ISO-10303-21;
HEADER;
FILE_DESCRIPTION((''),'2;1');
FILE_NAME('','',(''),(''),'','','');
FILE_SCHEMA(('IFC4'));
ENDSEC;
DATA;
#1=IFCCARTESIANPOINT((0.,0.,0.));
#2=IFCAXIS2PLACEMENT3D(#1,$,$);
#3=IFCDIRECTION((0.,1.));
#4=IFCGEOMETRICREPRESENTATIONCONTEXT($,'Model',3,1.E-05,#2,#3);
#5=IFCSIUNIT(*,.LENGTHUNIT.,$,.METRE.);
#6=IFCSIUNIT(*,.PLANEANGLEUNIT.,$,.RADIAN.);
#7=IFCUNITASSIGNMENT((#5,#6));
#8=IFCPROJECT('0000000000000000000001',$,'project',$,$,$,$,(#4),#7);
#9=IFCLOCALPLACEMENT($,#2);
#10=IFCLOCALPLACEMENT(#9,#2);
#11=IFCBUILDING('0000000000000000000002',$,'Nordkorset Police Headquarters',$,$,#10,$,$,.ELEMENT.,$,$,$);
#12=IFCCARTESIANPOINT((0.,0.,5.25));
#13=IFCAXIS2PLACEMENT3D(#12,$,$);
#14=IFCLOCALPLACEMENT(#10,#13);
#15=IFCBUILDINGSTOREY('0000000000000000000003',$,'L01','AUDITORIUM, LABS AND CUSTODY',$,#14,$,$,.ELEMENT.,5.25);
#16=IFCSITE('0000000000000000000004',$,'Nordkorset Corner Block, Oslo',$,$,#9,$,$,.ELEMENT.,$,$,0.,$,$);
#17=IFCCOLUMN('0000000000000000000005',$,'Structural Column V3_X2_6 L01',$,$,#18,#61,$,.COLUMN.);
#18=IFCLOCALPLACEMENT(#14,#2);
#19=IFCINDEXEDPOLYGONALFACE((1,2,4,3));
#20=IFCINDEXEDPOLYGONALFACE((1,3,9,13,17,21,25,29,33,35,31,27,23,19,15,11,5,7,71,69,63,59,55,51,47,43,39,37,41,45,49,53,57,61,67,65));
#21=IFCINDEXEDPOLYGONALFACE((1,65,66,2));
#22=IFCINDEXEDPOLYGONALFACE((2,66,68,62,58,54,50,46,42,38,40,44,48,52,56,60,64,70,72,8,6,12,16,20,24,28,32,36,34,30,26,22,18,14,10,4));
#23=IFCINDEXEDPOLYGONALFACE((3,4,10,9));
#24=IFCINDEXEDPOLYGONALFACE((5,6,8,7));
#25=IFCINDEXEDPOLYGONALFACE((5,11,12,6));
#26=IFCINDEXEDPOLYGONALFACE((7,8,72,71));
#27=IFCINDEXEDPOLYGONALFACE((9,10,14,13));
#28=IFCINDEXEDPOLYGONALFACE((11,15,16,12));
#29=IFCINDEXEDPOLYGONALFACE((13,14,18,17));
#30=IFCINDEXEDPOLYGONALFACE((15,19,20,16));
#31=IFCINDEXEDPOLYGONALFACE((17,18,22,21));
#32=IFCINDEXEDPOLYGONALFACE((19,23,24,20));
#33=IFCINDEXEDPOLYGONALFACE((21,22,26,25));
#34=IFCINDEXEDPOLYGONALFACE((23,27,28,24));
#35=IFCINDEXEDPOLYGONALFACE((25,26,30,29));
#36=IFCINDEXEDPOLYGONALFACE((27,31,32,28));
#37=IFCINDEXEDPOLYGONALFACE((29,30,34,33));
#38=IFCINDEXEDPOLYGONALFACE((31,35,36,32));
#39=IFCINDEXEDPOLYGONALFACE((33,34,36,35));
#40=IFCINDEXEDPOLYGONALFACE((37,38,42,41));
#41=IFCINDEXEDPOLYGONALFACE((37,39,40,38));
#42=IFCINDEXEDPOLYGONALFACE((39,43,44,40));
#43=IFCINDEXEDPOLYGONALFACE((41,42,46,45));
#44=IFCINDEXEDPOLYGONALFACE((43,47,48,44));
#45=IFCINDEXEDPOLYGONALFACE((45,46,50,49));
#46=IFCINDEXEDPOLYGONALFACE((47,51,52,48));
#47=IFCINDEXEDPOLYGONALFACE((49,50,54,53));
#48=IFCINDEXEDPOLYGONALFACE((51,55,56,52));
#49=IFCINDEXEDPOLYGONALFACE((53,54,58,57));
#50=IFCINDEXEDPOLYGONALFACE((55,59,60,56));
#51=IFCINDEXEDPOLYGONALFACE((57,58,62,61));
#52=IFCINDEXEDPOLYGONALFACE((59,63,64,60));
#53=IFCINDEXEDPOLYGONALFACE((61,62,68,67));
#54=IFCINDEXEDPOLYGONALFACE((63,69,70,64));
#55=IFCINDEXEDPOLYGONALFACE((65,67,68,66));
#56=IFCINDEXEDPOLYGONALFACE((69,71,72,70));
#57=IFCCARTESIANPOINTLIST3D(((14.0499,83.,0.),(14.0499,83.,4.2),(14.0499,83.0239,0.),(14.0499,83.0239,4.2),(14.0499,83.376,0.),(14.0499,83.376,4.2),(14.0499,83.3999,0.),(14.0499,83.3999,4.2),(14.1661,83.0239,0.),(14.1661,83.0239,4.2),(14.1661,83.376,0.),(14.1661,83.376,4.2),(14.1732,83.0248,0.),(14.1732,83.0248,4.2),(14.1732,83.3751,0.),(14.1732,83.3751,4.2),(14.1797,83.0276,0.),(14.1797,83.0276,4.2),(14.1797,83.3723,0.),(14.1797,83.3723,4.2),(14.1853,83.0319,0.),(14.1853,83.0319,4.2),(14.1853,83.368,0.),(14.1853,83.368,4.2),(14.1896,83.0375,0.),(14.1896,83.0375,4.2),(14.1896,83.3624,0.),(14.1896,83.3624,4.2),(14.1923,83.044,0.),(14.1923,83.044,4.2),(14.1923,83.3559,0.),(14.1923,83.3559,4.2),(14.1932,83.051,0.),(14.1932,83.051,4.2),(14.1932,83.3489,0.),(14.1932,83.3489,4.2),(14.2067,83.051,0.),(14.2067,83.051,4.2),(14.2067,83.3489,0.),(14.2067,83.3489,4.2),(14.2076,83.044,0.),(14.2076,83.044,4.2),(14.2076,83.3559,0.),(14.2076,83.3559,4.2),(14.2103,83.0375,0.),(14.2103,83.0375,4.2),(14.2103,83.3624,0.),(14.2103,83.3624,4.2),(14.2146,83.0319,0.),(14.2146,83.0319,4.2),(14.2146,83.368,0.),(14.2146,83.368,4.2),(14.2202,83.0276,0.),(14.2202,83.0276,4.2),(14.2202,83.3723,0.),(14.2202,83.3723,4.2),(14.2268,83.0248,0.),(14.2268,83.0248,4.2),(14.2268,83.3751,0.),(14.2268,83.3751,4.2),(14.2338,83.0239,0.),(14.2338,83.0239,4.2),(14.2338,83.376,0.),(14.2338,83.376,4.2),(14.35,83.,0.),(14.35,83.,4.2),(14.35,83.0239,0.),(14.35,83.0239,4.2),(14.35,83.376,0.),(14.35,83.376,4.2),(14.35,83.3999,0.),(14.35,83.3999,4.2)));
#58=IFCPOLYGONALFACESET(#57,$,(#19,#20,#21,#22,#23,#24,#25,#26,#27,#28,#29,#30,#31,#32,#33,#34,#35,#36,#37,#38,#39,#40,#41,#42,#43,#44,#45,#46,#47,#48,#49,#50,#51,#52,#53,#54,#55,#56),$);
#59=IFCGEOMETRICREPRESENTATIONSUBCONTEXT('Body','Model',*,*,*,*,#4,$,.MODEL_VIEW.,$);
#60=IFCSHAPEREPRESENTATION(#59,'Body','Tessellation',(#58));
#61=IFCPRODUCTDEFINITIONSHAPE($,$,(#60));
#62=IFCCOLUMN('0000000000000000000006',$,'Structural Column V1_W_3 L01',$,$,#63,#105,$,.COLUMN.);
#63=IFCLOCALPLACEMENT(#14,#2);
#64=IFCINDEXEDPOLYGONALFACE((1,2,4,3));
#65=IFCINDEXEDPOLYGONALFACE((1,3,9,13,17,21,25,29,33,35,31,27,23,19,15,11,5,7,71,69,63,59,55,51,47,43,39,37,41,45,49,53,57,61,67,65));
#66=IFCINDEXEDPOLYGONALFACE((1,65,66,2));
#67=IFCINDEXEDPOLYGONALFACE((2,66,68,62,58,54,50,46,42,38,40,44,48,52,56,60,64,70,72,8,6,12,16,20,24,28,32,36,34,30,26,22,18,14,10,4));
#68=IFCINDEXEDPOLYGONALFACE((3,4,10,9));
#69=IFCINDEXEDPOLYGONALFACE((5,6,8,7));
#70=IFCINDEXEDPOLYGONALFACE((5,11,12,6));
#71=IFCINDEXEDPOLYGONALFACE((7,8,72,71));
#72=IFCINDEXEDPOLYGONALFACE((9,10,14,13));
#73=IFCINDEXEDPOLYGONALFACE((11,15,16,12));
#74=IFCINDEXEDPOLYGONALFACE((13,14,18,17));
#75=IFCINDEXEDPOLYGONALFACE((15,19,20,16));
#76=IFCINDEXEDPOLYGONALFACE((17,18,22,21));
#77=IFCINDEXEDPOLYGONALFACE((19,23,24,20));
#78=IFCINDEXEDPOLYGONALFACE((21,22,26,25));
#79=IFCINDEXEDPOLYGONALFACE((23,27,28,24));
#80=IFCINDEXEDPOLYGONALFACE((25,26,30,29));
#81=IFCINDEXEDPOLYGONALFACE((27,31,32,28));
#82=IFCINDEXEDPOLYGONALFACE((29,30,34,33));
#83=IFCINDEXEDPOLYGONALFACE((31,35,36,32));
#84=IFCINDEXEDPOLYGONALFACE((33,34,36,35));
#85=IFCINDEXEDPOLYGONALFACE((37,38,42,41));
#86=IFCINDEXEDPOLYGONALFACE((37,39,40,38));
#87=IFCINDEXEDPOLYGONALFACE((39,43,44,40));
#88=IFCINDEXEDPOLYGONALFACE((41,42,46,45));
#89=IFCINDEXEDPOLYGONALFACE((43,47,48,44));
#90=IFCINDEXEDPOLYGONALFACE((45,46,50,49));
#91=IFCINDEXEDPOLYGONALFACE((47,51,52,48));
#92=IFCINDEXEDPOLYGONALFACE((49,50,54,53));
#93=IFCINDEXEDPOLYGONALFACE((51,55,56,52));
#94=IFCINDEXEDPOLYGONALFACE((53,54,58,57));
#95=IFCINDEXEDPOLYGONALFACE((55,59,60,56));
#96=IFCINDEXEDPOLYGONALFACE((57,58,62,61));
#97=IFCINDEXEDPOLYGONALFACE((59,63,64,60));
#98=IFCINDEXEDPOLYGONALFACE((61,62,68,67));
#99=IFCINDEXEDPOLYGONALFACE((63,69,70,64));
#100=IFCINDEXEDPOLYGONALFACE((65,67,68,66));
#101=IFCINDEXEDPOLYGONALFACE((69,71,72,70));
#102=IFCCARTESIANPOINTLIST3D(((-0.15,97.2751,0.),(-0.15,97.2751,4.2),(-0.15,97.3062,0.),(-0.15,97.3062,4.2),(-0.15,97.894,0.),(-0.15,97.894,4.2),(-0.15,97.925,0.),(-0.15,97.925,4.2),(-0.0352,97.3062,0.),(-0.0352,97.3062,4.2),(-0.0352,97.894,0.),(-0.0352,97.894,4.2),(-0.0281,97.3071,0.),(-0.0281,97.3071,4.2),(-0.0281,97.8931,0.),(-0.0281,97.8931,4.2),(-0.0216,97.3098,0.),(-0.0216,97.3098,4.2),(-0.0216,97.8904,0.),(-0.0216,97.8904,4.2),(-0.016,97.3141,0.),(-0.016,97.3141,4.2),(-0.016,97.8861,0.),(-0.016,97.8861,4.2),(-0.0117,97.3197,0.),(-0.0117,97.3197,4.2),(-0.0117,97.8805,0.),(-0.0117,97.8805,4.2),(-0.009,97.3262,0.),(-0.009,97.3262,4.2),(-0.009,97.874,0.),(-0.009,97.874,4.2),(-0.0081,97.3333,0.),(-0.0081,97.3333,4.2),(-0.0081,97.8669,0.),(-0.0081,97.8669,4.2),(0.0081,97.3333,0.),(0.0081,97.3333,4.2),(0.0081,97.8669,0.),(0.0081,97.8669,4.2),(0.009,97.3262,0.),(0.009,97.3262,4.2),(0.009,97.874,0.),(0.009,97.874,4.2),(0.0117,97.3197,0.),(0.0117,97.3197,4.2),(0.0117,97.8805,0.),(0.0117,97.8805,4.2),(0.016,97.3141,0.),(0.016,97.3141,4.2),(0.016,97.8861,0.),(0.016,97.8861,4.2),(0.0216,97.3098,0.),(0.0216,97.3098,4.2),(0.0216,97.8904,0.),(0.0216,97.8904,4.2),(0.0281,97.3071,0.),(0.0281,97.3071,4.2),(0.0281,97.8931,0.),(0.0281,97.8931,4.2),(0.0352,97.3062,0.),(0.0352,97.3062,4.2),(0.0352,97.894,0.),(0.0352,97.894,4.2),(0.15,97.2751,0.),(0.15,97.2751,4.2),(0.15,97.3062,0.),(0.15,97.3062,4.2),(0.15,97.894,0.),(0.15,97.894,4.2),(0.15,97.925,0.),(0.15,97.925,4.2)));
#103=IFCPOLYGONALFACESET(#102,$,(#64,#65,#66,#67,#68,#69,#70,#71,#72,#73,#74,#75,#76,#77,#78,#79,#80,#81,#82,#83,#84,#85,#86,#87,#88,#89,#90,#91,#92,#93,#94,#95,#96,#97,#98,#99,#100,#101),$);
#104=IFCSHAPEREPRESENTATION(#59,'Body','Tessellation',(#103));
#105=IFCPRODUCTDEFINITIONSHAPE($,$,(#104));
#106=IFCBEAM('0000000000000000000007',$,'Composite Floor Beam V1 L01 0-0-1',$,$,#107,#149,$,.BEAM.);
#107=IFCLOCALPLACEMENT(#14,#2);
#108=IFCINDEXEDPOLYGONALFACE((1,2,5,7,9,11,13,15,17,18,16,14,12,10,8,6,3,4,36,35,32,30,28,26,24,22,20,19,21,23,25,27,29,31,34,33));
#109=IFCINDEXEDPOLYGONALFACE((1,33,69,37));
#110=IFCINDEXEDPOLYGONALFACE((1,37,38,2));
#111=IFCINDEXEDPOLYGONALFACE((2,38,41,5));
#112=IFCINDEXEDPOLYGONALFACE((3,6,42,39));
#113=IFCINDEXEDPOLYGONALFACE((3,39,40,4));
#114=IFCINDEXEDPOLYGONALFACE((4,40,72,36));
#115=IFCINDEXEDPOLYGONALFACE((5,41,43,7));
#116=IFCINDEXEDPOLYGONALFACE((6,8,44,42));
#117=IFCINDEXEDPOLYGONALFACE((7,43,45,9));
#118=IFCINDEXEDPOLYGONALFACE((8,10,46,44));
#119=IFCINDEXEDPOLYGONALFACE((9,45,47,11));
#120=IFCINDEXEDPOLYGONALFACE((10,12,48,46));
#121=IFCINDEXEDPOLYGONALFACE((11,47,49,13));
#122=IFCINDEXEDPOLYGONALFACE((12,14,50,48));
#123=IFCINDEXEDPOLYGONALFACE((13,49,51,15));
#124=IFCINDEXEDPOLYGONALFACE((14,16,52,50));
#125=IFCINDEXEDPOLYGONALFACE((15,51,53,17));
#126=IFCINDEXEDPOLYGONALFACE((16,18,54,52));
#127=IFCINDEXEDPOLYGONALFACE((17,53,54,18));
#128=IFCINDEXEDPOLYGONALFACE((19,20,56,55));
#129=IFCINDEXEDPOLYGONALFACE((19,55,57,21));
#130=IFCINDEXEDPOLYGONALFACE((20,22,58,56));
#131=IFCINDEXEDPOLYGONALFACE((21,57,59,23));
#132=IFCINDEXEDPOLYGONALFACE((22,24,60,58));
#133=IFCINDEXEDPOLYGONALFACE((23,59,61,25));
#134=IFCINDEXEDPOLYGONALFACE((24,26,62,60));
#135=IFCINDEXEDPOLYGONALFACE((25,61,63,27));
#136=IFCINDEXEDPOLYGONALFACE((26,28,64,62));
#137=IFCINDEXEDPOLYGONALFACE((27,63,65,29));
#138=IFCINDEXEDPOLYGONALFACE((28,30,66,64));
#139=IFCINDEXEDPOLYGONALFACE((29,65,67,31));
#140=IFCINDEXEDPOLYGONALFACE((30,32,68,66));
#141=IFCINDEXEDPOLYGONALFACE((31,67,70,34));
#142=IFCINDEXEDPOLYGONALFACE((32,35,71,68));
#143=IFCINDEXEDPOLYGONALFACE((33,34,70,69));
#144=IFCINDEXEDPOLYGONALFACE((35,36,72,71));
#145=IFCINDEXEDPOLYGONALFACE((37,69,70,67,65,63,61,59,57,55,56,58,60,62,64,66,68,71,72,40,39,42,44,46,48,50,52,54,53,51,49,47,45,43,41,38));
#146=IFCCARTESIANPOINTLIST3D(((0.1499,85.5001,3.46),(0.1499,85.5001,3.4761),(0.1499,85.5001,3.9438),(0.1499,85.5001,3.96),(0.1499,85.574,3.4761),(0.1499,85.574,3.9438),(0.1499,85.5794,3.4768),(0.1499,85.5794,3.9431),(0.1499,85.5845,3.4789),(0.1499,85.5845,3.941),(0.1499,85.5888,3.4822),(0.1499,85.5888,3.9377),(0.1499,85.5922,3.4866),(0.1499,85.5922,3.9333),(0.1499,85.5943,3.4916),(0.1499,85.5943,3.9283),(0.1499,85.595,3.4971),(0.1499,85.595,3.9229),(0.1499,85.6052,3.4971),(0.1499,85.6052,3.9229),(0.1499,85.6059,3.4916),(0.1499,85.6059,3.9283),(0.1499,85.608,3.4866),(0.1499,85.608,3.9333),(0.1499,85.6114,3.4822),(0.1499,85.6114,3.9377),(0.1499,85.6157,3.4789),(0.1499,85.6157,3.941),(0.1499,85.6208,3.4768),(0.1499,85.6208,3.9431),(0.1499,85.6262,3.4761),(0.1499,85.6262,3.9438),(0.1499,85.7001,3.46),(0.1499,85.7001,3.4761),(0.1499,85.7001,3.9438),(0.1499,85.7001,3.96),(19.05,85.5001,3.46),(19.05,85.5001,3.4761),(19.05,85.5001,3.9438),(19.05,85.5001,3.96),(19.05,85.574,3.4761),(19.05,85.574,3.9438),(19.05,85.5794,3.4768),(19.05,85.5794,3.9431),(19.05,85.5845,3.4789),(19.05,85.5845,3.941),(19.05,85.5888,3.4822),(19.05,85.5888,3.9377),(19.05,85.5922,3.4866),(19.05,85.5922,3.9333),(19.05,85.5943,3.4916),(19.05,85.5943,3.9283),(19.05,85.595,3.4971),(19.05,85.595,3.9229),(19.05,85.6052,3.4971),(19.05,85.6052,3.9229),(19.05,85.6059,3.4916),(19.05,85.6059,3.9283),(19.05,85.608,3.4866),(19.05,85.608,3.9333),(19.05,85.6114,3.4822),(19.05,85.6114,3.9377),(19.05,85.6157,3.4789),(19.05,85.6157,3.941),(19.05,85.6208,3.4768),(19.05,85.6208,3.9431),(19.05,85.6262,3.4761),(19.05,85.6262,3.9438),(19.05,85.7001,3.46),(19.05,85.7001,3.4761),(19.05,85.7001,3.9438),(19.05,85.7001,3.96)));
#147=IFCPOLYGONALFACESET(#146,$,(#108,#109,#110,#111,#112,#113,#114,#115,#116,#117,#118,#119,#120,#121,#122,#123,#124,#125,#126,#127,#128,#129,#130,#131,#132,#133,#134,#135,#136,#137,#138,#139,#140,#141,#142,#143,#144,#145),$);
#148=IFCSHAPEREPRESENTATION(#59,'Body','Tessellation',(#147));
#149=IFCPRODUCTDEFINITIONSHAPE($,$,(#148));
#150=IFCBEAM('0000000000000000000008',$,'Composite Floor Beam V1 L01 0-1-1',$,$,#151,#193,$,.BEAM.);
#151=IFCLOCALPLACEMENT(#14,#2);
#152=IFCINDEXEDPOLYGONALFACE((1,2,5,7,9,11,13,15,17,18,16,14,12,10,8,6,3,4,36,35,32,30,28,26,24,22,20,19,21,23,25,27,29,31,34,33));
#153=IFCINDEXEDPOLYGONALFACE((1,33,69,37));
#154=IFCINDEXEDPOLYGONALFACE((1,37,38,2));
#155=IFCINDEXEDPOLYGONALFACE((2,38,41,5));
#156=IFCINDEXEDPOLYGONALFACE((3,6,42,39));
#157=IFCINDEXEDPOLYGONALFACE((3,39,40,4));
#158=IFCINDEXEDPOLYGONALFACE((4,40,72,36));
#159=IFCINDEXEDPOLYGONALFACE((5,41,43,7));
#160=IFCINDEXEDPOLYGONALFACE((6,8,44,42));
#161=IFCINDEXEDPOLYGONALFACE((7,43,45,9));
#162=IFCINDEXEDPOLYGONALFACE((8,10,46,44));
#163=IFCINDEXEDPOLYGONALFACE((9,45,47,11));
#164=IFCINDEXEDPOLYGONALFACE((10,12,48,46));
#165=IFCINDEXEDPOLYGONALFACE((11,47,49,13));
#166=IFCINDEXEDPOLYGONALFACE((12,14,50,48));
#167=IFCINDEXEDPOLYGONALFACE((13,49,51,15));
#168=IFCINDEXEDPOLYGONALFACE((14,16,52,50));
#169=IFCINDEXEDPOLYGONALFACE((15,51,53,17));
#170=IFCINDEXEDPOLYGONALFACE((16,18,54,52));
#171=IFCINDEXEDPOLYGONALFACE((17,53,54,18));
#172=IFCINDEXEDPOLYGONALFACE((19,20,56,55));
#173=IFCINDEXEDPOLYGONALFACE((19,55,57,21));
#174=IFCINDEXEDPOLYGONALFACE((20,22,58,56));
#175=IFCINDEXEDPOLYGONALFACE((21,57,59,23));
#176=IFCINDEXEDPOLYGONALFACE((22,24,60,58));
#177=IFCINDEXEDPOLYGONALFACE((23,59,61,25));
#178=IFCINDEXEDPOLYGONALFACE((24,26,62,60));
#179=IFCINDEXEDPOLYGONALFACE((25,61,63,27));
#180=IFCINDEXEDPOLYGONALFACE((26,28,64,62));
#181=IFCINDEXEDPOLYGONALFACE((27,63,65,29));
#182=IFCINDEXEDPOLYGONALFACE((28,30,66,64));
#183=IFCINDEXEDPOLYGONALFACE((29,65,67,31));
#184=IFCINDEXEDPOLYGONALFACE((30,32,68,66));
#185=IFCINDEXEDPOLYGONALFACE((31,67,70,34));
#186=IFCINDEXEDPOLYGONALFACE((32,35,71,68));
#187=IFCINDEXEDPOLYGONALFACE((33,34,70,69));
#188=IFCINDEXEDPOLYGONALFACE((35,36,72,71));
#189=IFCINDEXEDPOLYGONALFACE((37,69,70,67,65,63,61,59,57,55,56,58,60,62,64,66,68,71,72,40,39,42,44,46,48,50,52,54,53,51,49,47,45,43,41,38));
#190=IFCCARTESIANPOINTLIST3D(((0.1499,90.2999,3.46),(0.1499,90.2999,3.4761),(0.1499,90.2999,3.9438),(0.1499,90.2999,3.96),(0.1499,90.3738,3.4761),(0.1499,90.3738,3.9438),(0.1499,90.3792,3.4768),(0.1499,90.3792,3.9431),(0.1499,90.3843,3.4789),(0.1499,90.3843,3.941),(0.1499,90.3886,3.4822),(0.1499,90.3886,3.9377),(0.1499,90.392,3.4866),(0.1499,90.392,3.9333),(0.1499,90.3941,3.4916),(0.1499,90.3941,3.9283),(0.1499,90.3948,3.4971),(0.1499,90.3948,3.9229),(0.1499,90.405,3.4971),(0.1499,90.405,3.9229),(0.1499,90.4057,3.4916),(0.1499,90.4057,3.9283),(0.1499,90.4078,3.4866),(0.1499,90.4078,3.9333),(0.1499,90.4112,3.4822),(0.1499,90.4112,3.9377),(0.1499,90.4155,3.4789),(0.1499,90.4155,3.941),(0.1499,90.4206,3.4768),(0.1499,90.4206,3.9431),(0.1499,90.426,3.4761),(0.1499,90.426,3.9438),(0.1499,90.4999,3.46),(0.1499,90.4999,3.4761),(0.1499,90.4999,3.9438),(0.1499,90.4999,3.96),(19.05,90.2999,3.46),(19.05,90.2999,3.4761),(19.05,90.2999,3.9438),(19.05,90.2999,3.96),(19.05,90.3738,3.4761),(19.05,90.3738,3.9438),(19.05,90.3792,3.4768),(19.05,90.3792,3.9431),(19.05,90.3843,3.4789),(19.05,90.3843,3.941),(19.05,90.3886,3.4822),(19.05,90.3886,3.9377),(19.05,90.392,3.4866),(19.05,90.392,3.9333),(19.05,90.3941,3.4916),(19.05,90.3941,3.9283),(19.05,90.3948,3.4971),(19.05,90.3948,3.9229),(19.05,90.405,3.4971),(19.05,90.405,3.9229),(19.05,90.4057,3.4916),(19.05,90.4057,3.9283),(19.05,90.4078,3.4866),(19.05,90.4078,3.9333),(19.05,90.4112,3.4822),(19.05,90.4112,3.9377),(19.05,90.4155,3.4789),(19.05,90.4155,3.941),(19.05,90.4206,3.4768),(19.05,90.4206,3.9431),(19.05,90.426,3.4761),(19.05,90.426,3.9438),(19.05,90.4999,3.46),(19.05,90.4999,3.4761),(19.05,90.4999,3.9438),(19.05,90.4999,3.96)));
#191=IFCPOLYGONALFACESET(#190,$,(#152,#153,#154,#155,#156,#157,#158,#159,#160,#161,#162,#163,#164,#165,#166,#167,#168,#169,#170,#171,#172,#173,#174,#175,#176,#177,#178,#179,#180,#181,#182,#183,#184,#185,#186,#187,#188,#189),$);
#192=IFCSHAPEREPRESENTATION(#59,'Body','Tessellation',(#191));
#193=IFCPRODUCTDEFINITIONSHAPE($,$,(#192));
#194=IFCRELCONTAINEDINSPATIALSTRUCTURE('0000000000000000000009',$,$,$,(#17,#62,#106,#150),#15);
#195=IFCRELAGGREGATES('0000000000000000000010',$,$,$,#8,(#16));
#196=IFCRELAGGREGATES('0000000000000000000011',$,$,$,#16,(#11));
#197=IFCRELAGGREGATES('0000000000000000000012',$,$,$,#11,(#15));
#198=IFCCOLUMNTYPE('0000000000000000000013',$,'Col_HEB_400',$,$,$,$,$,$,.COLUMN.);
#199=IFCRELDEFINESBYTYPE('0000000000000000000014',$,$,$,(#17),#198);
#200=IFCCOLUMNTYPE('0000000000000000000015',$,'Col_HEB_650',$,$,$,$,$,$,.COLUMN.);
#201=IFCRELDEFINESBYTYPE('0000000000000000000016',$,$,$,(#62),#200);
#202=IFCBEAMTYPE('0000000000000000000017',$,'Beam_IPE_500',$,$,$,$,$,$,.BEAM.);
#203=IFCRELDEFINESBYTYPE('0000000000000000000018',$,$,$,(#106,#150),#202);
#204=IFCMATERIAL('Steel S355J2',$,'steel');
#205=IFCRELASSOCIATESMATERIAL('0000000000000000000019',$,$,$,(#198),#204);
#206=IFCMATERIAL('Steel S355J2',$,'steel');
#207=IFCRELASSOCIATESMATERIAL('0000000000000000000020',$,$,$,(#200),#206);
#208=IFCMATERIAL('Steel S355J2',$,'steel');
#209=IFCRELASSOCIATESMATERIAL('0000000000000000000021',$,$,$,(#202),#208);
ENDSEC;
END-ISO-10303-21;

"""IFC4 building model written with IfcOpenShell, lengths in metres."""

from ifc_helpers import new_model, si_unit, direction, frame, origin, origin_2d, place, context, subcontext, project, spatial, i_section, extrude, material, material_profile, profile_set, type_object, element, save


model = new_model("IFC4")

# Units and contexts
model_context = context("Model", 3, precision=1e-05, world=origin(), true_north=direction((0.0, 1.0)))
body_context = subcontext(model_context, "Body", "Model", "MODEL_VIEW")
ifc_project = project(units=[si_unit("LENGTHUNIT", "METRE"), si_unit("PLANEANGLEUNIT", "RADIAN")], contexts=[model_context])

# Site, building, storey
site_placement = place(None, origin())
site = spatial("IfcSite", under=ifc_project, at=site_placement, Name="Nordkorset Corner Block, Oslo", CompositionType="ELEMENT", RefElevation=0.0)
building_placement = place(site_placement, origin())
building = spatial("IfcBuilding", under=site, at=building_placement, Name="Nordkorset Police Headquarters", CompositionType="ELEMENT")
storey_placement = place(building_placement, frame((0.0, 0.0, 5.25)))
storey = spatial("IfcBuildingStorey", under=building, at=storey_placement, Name="L01", Description="AUDITORIUM, LABS AND CUSTODY", CompositionType="ELEMENT", Elevation=5.25)

# Columns
ifc_material_1 = material(Name="Steel S355J2", Category="steel")
ifc_material_profile_1 = material_profile(ifc_material_1, i_section(OverallWidth=0.3, OverallDepth=0.3999, WebThickness=0.0134, FlangeThickness=0.0239, FilletRadius=0.0271, at=origin_2d()), Name="HEB 400")
ifc_profile_set_1 = profile_set([ifc_material_profile_1], Name="Steel S355J2")
column_type_1 = type_object("IfcColumnType", Name="Col_HEB_400", PredefinedType="COLUMN", material=ifc_profile_set_1)
column_1_placement = place(storey_placement, frame((14.2, 83.2, 0.0), z_axis=(0.0, 0.0, 1.0), x_axis=(1.0, 0.0, 0.0)))
element("IfcColumn", 1, at=column_1_placement, inside=storey, type_object=column_type_1, Name="Structural Column V3_X2_6 L01", PredefinedType="COLUMN", context=body_context, shape_type="SweptSolid", body=[
    extrude(i_section(OverallWidth=0.3, OverallDepth=0.3999, WebThickness=0.0134, FlangeThickness=0.0239, FilletRadius=0.0271, at=origin_2d()), origin(), (0.0, 0.0, 1.0), 4.2),
])
ifc_material_2 = material(Name="Steel S355J2", Category="steel")
ifc_material_profile_2 = material_profile(ifc_material_2, i_section(OverallWidth=0.3, OverallDepth=0.6499, WebThickness=0.0161, FlangeThickness=0.031, FilletRadius=0.0271, at=origin_2d()), Name="HEB 650")
ifc_profile_set_2 = profile_set([ifc_material_profile_2], Name="Steel S355J2")
column_type_2 = type_object("IfcColumnType", Name="Col_HEB_650", PredefinedType="COLUMN", material=ifc_profile_set_2)
column_2_placement = place(storey_placement, frame((0.0, 97.6001, 0.0), z_axis=(0.0, 0.0, 1.0), x_axis=(1.0, 0.0, 0.0)))
element("IfcColumn", 2, at=column_2_placement, inside=storey, type_object=column_type_2, Name="Structural Column V1_W_3 L01", PredefinedType="COLUMN", context=body_context, shape_type="SweptSolid", body=[
    extrude(i_section(OverallWidth=0.3, OverallDepth=0.6499, WebThickness=0.0161, FlangeThickness=0.031, FilletRadius=0.0271, at=origin_2d()), origin(), (0.0, 0.0, 1.0), 4.2),
])

# Beams
ifc_material_3 = material(Name="Steel S355J2", Category="steel")
ifc_material_profile_3 = material_profile(ifc_material_3, i_section(OverallWidth=0.2, OverallDepth=0.5, WebThickness=0.0103, FlangeThickness=0.0161, FilletRadius=0.021, at=origin_2d()), Name="IPE 500")
ifc_profile_set_3 = profile_set([ifc_material_profile_3], Name="Steel S355J2")
beam_type_1 = type_object("IfcBeamType", Name="Beam_IPE_500", PredefinedType="BEAM", material=ifc_profile_set_3)
for number, where, z_axis, x_axis, name in (
    (3, (0.1499, 85.6001, 3.71), (1.0, 0.0, 0.0), (0.0, 1.0, 0.0), "Composite Floor Beam V1 L01 0-0-1"),
    (4, (0.1499, 90.3999, 3.71), (1.0, 0.0, 0.0), (0.0, 1.0, 0.0), "Composite Floor Beam V1 L01 0-1-1"),
):
    element("IfcBeam", number, at=place(storey_placement, frame(where, z_axis=z_axis, x_axis=x_axis)), inside=storey, type_object=beam_type_1, Name=name, PredefinedType="BEAM", context=body_context, shape_type="SweptSolid", body=[
        extrude(i_section(OverallWidth=0.2, OverallDepth=0.5, WebThickness=0.0103, FlangeThickness=0.0161, FilletRadius=0.021, at=origin_2d()), origin(), (0.0, 0.0, 1.0), 18.9001),
    ])

save(model, "model.ifc")
